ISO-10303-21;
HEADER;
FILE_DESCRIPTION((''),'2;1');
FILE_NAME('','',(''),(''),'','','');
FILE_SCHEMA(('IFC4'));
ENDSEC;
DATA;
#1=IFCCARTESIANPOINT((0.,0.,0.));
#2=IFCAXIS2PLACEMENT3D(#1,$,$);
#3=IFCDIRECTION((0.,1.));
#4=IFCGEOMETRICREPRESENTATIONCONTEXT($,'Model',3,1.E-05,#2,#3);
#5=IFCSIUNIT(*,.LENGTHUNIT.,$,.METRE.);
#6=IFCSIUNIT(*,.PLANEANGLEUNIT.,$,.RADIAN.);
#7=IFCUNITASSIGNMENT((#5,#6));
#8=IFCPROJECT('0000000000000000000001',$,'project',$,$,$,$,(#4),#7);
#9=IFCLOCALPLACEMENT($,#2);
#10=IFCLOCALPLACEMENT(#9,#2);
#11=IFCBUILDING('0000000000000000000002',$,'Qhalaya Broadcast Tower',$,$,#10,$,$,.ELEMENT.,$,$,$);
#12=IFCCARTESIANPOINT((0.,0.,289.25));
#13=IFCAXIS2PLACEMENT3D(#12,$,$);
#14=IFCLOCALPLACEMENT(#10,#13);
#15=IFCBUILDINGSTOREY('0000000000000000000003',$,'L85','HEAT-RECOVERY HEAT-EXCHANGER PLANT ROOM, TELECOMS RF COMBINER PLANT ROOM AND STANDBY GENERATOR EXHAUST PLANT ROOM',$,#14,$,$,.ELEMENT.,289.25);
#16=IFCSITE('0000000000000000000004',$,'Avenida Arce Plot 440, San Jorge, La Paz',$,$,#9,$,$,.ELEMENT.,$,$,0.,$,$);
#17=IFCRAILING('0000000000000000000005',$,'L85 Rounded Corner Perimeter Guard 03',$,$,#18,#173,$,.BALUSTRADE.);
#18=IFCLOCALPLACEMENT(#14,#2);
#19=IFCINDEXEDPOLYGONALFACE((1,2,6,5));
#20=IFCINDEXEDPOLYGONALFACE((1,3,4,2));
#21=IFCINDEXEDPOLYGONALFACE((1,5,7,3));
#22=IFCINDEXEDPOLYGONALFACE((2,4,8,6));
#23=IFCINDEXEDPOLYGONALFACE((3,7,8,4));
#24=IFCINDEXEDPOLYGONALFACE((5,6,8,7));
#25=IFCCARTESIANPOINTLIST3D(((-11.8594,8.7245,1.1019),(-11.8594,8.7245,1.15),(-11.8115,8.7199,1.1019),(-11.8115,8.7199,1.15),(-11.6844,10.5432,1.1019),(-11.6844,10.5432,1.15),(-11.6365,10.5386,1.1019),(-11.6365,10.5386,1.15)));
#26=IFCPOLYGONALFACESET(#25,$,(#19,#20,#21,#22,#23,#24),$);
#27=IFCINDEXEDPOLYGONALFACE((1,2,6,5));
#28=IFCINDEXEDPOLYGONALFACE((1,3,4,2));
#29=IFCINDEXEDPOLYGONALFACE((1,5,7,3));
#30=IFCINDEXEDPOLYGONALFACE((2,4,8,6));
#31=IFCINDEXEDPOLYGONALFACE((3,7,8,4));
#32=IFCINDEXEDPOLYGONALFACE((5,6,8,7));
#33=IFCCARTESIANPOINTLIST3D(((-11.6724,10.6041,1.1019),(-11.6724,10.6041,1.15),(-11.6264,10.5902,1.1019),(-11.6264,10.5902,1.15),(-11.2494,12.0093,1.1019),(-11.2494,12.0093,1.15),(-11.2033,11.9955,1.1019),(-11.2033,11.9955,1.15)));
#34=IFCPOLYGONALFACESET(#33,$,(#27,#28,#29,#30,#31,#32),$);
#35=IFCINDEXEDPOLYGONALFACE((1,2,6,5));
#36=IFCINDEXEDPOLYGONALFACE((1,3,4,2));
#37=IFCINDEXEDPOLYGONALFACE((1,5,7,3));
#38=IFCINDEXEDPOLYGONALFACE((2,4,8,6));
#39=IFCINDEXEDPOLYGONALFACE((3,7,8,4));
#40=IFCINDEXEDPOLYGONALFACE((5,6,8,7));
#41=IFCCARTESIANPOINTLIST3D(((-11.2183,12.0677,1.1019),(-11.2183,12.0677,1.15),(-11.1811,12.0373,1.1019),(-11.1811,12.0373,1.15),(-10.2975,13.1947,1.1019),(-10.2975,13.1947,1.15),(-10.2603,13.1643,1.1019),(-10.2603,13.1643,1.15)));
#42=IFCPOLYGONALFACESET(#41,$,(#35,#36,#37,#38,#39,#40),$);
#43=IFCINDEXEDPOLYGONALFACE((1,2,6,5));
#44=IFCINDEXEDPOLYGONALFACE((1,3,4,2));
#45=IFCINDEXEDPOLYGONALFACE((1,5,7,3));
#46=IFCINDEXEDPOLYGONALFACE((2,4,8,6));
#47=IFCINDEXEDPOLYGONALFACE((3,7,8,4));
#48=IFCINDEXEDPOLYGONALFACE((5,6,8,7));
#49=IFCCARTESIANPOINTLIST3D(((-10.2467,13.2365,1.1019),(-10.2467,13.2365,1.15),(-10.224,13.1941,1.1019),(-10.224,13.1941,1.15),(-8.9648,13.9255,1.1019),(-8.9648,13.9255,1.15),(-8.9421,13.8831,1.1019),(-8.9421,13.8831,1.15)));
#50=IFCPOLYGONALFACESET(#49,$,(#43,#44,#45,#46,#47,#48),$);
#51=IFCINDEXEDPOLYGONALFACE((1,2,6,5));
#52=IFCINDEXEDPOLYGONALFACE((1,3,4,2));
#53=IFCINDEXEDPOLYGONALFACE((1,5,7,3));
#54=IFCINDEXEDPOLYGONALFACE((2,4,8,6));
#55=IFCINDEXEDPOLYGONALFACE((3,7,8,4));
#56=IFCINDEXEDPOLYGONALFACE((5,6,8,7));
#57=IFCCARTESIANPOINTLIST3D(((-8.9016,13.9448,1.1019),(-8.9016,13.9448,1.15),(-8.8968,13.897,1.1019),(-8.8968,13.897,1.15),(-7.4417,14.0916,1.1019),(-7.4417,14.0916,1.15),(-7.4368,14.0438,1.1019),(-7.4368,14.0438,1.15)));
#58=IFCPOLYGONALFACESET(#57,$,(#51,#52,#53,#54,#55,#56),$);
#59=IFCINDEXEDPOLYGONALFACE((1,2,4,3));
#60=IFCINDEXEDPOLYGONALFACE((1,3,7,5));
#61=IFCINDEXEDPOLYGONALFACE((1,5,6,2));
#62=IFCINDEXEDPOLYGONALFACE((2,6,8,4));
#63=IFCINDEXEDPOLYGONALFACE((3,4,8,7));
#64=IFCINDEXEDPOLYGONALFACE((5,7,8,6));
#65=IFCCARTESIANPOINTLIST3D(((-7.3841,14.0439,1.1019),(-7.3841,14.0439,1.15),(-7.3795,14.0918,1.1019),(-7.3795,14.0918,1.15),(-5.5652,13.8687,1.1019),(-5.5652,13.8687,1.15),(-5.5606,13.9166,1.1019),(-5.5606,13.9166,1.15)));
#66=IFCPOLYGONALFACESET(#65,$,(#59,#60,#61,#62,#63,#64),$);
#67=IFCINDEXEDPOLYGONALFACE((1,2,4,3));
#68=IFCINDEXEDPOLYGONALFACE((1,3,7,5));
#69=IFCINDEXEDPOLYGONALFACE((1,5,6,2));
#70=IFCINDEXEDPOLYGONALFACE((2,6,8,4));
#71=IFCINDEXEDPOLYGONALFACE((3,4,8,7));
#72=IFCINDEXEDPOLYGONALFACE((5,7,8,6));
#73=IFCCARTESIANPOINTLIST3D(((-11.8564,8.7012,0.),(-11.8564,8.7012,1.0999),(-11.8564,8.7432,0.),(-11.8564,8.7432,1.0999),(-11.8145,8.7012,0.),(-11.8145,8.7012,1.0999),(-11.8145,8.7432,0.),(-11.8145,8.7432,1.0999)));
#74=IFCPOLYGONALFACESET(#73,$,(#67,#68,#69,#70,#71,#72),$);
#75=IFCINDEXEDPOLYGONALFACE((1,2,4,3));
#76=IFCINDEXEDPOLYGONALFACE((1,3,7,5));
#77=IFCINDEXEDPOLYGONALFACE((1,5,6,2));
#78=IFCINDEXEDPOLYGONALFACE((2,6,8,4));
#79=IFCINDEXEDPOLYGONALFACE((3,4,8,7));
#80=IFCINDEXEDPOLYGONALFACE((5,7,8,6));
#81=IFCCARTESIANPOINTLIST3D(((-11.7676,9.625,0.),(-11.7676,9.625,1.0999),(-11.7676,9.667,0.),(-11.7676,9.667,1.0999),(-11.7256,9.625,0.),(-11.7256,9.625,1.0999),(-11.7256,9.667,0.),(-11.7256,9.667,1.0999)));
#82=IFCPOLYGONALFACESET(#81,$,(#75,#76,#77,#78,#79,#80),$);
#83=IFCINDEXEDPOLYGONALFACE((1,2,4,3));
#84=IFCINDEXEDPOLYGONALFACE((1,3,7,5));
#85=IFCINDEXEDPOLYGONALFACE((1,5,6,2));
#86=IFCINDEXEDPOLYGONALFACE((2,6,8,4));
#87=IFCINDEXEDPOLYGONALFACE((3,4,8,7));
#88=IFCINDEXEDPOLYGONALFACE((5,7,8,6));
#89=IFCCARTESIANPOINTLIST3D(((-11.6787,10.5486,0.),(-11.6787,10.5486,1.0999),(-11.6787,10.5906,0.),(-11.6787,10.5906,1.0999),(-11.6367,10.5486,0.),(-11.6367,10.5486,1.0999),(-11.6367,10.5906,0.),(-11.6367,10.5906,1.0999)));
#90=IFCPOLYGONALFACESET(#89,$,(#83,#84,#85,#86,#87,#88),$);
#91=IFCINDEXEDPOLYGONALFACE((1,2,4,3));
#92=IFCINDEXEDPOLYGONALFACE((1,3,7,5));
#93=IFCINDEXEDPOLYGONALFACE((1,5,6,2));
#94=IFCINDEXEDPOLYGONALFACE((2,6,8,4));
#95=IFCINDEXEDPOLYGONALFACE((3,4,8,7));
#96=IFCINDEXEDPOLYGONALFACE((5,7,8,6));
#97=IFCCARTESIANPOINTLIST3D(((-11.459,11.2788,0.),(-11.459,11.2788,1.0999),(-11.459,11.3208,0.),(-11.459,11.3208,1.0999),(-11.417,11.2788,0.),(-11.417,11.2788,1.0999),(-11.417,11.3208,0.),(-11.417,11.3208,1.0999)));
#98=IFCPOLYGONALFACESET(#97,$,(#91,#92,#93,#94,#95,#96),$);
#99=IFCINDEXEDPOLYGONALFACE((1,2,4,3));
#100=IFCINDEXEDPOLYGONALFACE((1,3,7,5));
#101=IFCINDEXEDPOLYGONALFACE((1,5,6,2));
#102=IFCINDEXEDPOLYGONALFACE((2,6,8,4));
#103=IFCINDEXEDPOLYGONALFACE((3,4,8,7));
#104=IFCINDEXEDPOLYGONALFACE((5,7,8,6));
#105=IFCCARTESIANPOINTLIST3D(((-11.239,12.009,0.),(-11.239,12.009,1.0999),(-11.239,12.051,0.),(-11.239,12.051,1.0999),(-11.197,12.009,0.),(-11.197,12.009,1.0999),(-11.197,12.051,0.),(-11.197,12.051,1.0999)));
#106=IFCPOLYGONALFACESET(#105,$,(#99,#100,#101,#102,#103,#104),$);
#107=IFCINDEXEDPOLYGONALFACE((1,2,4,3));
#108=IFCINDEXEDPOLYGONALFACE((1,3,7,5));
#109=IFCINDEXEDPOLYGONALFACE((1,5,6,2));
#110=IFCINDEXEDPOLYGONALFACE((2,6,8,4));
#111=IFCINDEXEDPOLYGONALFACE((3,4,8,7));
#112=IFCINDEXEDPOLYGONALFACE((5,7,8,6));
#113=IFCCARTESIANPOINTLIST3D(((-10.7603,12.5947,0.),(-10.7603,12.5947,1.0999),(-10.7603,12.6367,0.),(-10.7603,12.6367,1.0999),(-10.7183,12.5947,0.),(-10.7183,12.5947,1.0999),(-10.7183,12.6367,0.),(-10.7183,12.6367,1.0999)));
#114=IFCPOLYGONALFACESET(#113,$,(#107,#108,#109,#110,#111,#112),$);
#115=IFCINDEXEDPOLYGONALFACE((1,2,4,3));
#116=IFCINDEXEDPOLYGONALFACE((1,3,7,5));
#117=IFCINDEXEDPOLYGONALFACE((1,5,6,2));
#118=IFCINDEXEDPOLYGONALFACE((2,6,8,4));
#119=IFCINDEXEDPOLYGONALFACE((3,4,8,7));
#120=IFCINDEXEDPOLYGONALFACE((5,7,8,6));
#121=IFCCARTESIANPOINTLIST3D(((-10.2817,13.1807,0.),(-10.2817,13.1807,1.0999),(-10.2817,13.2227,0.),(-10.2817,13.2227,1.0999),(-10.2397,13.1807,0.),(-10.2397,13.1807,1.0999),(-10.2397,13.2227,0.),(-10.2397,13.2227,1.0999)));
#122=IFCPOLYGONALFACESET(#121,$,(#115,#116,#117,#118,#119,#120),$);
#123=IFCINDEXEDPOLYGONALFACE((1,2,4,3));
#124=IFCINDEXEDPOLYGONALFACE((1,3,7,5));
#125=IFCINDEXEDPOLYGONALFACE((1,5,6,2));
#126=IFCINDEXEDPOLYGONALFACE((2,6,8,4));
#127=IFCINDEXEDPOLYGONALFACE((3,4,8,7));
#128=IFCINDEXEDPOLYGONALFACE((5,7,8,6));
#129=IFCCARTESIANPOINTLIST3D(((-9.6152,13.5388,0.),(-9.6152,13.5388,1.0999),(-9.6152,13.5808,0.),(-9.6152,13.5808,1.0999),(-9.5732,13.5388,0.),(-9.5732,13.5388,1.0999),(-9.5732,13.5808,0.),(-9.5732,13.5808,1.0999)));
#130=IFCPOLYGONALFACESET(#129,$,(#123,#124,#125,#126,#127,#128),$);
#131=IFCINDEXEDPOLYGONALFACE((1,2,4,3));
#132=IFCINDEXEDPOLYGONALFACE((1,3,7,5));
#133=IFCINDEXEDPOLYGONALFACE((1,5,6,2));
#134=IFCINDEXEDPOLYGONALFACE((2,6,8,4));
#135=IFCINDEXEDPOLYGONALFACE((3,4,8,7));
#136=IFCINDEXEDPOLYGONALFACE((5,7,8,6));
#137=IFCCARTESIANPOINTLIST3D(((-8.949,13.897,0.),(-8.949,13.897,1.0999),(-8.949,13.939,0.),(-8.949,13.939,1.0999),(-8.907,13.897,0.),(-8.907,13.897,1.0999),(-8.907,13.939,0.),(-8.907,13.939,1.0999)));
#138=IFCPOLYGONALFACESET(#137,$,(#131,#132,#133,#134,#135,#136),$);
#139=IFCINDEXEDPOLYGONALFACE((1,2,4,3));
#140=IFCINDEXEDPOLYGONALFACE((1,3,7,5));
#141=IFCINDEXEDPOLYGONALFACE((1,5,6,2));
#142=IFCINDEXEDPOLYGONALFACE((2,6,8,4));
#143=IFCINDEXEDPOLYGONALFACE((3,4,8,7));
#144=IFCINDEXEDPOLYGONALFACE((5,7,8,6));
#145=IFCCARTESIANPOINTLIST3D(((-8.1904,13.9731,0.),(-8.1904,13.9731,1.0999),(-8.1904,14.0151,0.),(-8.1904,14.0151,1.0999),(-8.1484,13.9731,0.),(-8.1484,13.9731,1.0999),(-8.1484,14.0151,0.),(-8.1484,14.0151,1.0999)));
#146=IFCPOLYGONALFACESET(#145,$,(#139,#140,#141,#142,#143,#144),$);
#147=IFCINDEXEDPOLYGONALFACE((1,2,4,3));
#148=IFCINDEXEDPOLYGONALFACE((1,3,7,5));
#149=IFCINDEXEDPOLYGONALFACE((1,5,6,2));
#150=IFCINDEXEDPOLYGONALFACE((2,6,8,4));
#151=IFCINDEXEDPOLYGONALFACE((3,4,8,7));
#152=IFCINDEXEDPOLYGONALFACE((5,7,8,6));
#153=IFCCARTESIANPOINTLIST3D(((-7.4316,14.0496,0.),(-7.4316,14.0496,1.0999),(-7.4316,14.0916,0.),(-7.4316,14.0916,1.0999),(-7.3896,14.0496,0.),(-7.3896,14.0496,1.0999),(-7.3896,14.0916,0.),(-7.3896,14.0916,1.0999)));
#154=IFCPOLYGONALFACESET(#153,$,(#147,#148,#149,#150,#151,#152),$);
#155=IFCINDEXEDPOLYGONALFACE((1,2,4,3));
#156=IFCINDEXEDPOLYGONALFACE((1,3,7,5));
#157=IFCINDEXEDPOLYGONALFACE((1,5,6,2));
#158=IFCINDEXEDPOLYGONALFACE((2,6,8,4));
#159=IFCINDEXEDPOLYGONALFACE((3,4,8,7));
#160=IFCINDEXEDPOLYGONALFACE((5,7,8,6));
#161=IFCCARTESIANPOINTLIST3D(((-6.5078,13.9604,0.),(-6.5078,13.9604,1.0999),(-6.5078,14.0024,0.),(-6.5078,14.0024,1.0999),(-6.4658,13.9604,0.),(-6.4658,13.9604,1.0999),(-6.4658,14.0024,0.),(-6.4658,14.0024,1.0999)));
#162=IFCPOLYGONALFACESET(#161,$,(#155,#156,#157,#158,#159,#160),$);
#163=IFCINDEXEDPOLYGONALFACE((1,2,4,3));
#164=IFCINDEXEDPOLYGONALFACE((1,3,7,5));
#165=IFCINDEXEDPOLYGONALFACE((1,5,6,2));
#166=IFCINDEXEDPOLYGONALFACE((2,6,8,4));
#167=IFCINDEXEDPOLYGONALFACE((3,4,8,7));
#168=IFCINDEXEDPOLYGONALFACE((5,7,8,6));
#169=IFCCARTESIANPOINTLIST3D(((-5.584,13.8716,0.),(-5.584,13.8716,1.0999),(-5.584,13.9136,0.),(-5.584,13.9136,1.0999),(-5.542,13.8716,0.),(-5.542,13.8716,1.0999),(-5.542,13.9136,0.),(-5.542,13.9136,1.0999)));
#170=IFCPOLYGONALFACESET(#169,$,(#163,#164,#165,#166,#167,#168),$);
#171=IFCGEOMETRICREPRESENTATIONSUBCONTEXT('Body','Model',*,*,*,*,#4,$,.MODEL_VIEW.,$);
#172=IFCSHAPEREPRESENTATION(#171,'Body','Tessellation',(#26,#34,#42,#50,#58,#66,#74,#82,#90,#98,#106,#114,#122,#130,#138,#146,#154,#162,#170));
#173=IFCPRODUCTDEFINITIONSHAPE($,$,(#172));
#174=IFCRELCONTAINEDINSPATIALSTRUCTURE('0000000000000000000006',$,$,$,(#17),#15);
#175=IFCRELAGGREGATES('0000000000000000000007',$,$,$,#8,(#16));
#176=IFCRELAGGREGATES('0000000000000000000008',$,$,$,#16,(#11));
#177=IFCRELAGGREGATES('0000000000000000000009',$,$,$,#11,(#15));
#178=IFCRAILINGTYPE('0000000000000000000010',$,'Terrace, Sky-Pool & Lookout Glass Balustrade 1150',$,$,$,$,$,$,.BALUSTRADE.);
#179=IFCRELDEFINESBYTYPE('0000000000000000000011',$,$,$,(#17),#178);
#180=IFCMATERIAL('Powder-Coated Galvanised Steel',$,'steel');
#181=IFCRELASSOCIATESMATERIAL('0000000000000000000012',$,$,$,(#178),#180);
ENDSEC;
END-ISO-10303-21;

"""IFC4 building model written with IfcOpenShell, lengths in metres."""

from ifc_helpers import new_model, si_unit, direction, frame, origin, origin_2d, place, context, subcontext, project, spatial, rectangle, extrude, material, type_object, element, save


model = new_model("IFC4")

# Units and contexts
model_context = context("Model", 3, precision=1e-05, world=origin(), true_north=direction((0.0, 1.0)))
body_context = subcontext(model_context, "Body", "Model", "MODEL_VIEW")
ifc_project = project(units=[si_unit("LENGTHUNIT", "METRE"), si_unit("PLANEANGLEUNIT", "RADIAN")], contexts=[model_context])

# Site, building, storey
site_placement = place(None, origin())
site = spatial("IfcSite", under=ifc_project, at=site_placement, Name="Avenida Arce Plot 440, San Jorge, La Paz", CompositionType="ELEMENT", RefElevation=0.0)
building_placement = place(site_placement, origin())
building = spatial("IfcBuilding", under=site, at=building_placement, Name="Qhalaya Broadcast Tower", CompositionType="ELEMENT")
storey_placement = place(building_placement, frame((0.0, 0.0, 289.25)))
storey = spatial("IfcBuildingStorey", under=building, at=storey_placement, Name="L85", Description="HEAT-RECOVERY HEAT-EXCHANGER PLANT ROOM, TELECOMS RF COMBINER PLANT ROOM AND STANDBY GENERATOR EXHAUST PLANT ROOM", CompositionType="ELEMENT", Elevation=289.25)

# Railing
ifc_material_1 = material(Name="Powder-Coated Galvanised Steel", Category="steel")
railing_type = type_object("IfcRailingType", Name="Terrace, Sky-Pool & Lookout Glass Balustrade 1150", PredefinedType="BALUSTRADE", material=ifc_material_1)
railing_placement = place(storey_placement, frame((-11.8354, 8.7222, 0.0)))
element("IfcRailing", 1, at=railing_placement, inside=storey, type_object=railing_type, Name="L85 Rounded Corner Perimeter Guard 03", PredefinedType="BALUSTRADE", context=body_context, shape_type="SweptSolid", body=[
    extrude(rectangle(XDim=0.0481, YDim=0.0481, at=origin_2d()), frame((0.0, 0.0, 1.126), z_axis=(0.095765, 0.995404, 0.0), x_axis=(-0.995404, 0.095765, 0.0)), (0.0, 0.0, 1.0), 1.8271),
    extrude(rectangle(XDim=0.0481, YDim=0.0481, at=origin_2d()), frame((0.186, 1.875, 1.126), z_axis=(0.288288, 0.957544, 0.0), x_axis=(-0.957544, 0.288288, 0.0)), (0.0, 0.0, 1.0), 1.4675),
    extrude(rectangle(XDim=0.0481, YDim=0.0481, at=origin_2d()), frame((0.6357, 3.3303, 1.126), z_axis=(0.63271, 0.774388, 0.0), x_axis=(-0.774388, 0.63271, 0.0)), (0.0, 0.0, 1.0), 1.4553),
    extrude(rectangle(XDim=0.0481, YDim=0.0481, at=origin_2d()), frame((1.6001, 4.4932, 1.126), z_axis=(0.880839, 0.473417, 0.0), x_axis=(-0.473417, 0.880839, 0.0)), (0.0, 0.0, 1.0), 1.4553),
    extrude(rectangle(XDim=0.0481, YDim=0.0481, at=origin_2d()), frame((2.9363, 5.1987, 1.126), z_axis=(0.994982, 0.100058, 0.0), x_axis=(-0.100058, 0.994982, 0.0)), (0.0, 0.0, 1.0), 1.4673),
    extrude(rectangle(XDim=0.0481, YDim=0.0481, at=origin_2d()), frame((4.4536, 5.3457, 1.126), z_axis=(0.995393, -0.095883, 0.0), x_axis=(0.095883, 0.995393, 0.0)), (0.0, 0.0, 1.0), 1.8274),
    extrude(rectangle(XDim=0.042, YDim=0.042, at=origin_2d()), origin(), (0.0, 0.0, 1.0), 1.0999),
    extrude(rectangle(XDim=0.042, YDim=0.042, at=origin_2d()), frame((0.0889, 0.9238, 0.0)), (0.0, 0.0, 1.0), 1.0999),
    extrude(rectangle(XDim=0.042, YDim=0.042, at=origin_2d()), frame((0.1777, 1.8474, 0.0)), (0.0, 0.0, 1.0), 1.0999),
    extrude(rectangle(XDim=0.042, YDim=0.042, at=origin_2d()), frame((0.3975, 2.5776, 0.0)), (0.0, 0.0, 1.0), 1.0999),
    extrude(rectangle(XDim=0.042, YDim=0.042, at=origin_2d()), frame((0.6174, 3.3079, 0.0)), (0.0, 0.0, 1.0), 1.0999),
    extrude(rectangle(XDim=0.042, YDim=0.042, at=origin_2d()), frame((1.0962, 3.8936, 0.0)), (0.0, 0.0, 1.0), 1.0999),
    extrude(rectangle(XDim=0.042, YDim=0.042, at=origin_2d()), frame((1.5747, 4.4795, 0.0)), (0.0, 0.0, 1.0), 1.0999),
    extrude(rectangle(XDim=0.042, YDim=0.042, at=origin_2d()), frame((2.2412, 4.8376, 0.0)), (0.0, 0.0, 1.0), 1.0999),
    extrude(rectangle(XDim=0.042, YDim=0.042, at=origin_2d()), frame((2.9075, 5.1958, 0.0)), (0.0, 0.0, 1.0), 1.0999),
    extrude(rectangle(XDim=0.042, YDim=0.042, at=origin_2d()), frame((3.666, 5.272, 0.0)), (0.0, 0.0, 1.0), 1.0999),
    extrude(rectangle(XDim=0.042, YDim=0.042, at=origin_2d()), frame((4.4248, 5.3484, 0.0)), (0.0, 0.0, 1.0), 1.0999),
    extrude(rectangle(XDim=0.042, YDim=0.042, at=origin_2d()), frame((5.3486, 5.2593, 0.0)), (0.0, 0.0, 1.0), 1.0999),
    extrude(rectangle(XDim=0.042, YDim=0.042, at=origin_2d()), frame((6.2725, 5.1704, 0.0)), (0.0, 0.0, 1.0), 1.0999),
])

save(model, "model.ifc")
